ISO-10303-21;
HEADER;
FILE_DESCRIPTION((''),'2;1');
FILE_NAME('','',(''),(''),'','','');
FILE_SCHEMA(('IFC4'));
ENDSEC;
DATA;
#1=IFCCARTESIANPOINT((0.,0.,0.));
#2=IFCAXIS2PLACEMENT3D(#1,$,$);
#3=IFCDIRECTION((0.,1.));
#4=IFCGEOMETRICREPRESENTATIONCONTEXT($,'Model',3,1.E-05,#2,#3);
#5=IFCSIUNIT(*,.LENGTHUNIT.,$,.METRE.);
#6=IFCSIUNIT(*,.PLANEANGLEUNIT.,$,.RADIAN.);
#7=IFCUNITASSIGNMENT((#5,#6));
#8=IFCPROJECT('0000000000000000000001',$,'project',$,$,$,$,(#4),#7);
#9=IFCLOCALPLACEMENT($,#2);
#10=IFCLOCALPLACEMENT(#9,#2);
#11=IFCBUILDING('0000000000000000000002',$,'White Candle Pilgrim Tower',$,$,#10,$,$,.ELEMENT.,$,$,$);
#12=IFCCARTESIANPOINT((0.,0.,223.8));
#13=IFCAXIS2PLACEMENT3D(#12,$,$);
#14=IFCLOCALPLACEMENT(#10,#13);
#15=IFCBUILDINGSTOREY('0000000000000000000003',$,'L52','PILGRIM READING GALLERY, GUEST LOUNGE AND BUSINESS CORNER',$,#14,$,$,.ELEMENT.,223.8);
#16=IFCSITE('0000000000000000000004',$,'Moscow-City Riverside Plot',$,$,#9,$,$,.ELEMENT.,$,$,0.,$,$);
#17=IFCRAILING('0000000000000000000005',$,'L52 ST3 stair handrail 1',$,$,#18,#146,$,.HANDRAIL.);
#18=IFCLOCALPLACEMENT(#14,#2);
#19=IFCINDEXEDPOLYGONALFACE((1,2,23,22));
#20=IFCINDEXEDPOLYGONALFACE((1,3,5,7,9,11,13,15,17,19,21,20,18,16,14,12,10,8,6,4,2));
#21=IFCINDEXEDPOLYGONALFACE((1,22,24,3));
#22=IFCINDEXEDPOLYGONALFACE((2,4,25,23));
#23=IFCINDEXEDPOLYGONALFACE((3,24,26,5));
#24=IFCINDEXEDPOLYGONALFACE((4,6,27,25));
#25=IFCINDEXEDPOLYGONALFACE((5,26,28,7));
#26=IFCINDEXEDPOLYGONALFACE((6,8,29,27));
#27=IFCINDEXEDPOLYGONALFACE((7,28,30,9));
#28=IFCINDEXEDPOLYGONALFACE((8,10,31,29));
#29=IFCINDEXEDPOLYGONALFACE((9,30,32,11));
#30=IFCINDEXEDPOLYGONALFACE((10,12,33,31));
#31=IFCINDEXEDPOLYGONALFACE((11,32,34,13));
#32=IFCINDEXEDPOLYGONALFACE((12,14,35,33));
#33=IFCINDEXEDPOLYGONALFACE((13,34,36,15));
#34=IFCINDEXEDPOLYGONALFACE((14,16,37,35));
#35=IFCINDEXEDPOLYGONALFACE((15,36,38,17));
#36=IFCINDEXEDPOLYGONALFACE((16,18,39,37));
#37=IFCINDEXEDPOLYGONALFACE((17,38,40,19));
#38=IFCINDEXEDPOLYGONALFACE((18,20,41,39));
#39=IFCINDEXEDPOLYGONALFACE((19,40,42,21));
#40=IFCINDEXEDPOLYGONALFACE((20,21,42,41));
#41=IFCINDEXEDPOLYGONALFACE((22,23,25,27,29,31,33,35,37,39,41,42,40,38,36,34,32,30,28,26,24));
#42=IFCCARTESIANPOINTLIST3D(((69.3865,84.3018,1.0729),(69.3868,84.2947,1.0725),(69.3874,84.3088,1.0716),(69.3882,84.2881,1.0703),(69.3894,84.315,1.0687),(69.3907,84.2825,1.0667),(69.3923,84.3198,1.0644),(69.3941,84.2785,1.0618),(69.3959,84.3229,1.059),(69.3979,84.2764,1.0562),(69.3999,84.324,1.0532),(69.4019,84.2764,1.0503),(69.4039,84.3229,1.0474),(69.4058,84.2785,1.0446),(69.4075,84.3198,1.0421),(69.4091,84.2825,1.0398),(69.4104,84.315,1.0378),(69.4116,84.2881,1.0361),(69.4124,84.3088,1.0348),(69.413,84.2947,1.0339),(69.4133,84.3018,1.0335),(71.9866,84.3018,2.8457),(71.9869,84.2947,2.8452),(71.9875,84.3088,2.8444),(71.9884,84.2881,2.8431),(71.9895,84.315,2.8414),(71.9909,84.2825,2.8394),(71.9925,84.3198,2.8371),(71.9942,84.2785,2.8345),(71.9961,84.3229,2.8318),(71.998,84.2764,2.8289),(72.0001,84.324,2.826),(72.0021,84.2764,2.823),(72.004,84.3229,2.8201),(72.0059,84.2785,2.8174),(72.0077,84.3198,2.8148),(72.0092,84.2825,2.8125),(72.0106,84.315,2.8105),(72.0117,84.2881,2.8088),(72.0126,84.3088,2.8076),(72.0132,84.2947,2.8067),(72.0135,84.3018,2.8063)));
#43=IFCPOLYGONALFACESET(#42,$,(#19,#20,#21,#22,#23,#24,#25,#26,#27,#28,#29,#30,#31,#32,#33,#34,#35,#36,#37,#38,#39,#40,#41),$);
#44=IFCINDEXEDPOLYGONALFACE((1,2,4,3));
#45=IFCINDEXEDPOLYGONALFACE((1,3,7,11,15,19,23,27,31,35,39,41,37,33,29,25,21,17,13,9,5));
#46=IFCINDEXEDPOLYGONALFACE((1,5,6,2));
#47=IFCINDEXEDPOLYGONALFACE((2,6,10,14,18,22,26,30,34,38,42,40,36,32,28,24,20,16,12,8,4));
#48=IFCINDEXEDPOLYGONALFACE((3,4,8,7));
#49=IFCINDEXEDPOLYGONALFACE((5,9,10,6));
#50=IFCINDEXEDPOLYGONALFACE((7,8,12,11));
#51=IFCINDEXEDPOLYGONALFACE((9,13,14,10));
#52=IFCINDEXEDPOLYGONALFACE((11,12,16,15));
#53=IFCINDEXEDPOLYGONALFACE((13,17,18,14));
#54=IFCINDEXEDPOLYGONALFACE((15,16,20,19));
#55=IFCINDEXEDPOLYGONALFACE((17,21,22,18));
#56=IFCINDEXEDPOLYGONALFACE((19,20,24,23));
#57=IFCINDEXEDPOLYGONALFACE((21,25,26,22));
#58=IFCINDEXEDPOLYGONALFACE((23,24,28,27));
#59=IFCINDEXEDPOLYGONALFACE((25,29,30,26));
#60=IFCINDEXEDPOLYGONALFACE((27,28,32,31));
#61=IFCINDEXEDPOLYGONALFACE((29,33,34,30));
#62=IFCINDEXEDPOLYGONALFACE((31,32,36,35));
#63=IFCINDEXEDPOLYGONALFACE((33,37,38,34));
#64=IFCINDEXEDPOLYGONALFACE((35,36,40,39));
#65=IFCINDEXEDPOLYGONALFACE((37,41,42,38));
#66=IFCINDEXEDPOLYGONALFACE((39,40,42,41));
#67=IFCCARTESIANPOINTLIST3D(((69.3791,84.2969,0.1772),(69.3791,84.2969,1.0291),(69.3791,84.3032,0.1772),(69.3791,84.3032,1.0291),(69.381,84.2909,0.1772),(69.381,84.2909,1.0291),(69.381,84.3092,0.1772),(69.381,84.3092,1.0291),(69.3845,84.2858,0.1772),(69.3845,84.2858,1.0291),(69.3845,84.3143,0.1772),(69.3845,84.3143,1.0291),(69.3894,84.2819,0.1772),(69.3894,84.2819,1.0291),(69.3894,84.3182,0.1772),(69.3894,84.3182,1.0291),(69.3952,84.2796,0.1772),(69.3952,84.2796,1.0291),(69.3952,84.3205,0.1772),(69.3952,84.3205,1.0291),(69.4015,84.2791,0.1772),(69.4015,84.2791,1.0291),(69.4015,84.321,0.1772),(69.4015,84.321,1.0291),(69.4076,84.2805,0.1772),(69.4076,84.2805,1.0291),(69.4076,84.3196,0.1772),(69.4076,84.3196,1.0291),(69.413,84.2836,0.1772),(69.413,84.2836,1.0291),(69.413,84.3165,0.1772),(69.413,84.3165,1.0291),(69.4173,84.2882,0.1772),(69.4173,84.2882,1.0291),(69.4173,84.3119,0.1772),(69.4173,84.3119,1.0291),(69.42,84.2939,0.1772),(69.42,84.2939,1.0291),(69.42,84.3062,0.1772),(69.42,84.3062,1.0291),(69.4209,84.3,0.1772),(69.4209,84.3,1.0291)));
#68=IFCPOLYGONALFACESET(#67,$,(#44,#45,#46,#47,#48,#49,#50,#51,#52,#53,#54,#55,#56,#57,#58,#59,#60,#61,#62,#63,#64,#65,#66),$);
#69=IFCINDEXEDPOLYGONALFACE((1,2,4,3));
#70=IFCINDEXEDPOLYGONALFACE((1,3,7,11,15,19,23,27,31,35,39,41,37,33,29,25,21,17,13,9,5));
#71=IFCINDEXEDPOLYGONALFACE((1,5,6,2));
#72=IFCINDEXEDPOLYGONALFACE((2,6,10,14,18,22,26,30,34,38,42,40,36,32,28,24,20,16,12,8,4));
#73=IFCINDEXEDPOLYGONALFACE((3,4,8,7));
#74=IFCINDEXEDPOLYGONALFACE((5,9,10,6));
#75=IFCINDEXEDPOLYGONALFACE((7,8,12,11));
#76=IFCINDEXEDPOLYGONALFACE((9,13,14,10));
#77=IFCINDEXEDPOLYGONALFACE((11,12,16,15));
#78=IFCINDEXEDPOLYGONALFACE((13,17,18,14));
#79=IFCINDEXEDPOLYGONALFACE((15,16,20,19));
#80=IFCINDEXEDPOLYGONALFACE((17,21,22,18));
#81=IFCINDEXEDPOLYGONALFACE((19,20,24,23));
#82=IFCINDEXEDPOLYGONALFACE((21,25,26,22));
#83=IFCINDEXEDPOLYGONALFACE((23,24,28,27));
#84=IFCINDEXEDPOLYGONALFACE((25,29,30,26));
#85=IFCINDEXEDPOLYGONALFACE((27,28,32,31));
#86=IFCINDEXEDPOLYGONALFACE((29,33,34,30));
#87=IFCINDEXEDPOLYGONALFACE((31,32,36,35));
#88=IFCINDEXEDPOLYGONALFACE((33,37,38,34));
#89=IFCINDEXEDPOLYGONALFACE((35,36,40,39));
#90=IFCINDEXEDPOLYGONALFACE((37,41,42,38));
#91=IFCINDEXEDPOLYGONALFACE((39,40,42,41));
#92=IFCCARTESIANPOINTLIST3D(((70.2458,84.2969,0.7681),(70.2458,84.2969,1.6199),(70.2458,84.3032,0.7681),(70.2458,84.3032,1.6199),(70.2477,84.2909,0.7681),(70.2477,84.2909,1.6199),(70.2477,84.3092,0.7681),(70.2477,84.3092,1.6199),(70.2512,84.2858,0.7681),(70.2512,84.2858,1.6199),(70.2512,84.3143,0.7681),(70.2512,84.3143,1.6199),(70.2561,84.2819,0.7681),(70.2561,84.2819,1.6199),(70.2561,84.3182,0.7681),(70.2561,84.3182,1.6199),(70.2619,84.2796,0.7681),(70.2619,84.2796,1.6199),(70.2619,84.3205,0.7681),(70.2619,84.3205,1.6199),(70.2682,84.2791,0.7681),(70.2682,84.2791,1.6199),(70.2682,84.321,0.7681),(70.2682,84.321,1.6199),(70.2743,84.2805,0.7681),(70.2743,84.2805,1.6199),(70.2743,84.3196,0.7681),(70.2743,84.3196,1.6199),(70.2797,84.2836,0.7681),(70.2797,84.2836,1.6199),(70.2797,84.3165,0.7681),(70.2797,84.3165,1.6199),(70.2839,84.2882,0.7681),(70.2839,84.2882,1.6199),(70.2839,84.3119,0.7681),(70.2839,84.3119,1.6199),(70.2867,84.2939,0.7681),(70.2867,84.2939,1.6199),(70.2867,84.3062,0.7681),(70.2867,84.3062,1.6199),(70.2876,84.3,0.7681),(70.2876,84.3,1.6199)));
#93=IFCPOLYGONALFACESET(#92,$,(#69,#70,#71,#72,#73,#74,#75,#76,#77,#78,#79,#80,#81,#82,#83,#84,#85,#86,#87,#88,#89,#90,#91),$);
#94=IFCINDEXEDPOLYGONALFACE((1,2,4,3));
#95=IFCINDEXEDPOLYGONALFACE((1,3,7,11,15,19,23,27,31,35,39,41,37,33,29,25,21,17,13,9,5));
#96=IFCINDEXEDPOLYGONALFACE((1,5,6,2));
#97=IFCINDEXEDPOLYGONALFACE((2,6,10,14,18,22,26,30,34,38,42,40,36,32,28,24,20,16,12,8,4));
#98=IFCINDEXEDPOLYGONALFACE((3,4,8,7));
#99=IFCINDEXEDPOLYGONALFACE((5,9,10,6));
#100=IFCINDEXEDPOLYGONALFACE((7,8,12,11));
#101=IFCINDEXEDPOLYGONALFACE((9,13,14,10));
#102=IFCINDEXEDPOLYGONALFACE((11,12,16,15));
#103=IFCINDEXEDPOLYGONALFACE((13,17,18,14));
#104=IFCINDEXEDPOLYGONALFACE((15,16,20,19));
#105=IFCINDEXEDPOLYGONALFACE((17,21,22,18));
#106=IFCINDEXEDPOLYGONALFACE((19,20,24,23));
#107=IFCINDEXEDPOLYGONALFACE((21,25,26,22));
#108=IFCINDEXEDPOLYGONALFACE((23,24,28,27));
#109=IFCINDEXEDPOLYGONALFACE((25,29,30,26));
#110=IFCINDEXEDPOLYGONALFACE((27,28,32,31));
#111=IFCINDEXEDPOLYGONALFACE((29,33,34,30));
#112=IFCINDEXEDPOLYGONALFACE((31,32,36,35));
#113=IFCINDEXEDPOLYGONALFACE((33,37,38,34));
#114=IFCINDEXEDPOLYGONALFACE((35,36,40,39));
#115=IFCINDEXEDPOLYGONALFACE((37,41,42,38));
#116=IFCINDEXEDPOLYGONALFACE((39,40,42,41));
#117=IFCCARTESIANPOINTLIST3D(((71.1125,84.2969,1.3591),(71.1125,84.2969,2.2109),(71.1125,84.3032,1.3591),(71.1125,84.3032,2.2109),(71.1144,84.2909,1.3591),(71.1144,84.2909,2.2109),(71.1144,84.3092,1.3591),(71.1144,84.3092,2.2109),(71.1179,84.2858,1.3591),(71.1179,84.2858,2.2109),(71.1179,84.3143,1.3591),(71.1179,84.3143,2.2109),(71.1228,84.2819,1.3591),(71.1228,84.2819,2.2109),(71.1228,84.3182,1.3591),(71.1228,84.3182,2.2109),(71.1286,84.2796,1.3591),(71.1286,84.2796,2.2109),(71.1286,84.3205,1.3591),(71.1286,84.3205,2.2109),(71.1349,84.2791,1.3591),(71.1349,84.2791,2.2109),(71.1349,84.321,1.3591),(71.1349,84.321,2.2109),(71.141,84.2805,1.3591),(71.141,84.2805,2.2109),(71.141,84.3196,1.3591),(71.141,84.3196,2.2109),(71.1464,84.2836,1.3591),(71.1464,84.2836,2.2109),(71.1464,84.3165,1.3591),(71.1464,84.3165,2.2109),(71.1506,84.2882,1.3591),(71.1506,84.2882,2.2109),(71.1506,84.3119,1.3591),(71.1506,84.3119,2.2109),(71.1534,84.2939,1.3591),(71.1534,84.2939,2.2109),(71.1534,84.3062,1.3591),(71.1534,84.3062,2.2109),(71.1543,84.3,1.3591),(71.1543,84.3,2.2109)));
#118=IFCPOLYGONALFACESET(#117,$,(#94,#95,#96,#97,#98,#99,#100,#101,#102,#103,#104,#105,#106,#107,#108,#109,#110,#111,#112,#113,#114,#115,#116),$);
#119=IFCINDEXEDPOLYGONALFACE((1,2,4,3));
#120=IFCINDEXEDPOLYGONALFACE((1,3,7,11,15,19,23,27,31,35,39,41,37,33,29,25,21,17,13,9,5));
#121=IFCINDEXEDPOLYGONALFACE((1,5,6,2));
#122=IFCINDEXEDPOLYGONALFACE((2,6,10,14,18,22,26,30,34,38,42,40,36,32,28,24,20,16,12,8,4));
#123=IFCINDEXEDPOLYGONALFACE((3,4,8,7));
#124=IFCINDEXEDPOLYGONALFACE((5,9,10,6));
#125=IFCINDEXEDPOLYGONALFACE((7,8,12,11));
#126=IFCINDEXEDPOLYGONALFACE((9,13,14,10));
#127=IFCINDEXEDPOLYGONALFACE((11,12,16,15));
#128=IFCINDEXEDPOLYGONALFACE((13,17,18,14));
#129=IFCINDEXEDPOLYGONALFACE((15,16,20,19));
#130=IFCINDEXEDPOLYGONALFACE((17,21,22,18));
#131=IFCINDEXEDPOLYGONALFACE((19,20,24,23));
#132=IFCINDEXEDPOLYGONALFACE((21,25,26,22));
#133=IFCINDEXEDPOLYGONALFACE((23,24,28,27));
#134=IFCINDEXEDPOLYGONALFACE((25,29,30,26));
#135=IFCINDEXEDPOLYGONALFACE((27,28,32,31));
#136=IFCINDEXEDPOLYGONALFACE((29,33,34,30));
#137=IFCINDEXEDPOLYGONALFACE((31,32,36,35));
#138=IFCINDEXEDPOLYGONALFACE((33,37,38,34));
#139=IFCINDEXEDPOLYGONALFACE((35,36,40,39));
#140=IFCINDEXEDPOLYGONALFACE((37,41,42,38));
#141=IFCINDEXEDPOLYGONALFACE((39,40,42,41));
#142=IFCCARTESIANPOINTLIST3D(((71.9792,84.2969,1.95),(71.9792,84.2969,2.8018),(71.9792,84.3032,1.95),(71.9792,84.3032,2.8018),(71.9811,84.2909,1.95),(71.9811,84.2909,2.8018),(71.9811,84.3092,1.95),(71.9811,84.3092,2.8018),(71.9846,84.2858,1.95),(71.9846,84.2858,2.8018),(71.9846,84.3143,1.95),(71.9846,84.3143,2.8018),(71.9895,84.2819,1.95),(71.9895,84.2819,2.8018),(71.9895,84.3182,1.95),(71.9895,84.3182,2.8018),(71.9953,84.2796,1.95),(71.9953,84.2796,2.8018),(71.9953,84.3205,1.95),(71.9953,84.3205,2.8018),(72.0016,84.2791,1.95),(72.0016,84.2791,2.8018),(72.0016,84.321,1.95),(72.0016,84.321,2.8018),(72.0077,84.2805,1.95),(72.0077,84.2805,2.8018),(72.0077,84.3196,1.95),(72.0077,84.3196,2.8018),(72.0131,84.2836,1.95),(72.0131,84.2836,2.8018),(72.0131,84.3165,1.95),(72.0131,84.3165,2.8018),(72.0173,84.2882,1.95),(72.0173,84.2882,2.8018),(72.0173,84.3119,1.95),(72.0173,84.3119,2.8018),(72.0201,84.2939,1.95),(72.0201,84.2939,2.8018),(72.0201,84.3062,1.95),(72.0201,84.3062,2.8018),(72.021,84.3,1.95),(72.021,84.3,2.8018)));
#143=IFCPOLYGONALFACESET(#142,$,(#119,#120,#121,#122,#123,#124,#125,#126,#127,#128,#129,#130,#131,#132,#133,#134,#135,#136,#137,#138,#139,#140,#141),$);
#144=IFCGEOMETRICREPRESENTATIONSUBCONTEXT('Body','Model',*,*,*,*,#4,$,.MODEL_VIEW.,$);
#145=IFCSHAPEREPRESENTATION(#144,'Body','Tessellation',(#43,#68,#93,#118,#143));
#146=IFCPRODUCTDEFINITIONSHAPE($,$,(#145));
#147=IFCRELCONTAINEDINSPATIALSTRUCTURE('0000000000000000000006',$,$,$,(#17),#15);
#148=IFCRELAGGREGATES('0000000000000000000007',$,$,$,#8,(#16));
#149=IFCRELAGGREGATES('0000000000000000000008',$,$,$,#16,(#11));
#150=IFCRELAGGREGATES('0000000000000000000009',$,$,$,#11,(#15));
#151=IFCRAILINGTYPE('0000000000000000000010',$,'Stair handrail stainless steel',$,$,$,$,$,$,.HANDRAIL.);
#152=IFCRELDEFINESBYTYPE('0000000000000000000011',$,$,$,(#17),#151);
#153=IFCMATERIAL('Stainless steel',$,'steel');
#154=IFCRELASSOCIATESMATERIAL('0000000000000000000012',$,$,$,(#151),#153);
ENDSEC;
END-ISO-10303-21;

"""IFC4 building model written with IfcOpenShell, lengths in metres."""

from ifc_helpers import new_model, si_unit, direction, frame, origin, origin_2d, place, context, subcontext, project, spatial, circle, extrude, material, type_object, element, save


model = new_model("IFC4")

# Units and contexts
model_context = context("Model", 3, precision=1e-05, world=origin(), true_north=direction((0.0, 1.0)))
body_context = subcontext(model_context, "Body", "Model", "MODEL_VIEW")
ifc_project = project(units=[si_unit("LENGTHUNIT", "METRE"), si_unit("PLANEANGLEUNIT", "RADIAN")], contexts=[model_context])

# Site, building, storey
site_placement = place(None, origin())
site = spatial("IfcSite", under=ifc_project, at=site_placement, Name="Moscow-City Riverside Plot", CompositionType="ELEMENT", RefElevation=0.0)
building_placement = place(site_placement, origin())
building = spatial("IfcBuilding", under=site, at=building_placement, Name="White Candle Pilgrim Tower", CompositionType="ELEMENT")
storey_placement = place(building_placement, frame((0.0, 0.0, 223.8)))
storey = spatial("IfcBuildingStorey", under=building, at=storey_placement, Name="L52", Description="PILGRIM READING GALLERY, GUEST LOUNGE AND BUSINESS CORNER", CompositionType="ELEMENT", Elevation=223.8)

# Shared definitions
ifc_material_1 = material(Name="Stainless steel", Category="steel")

# Railing
railing_type_1 = type_object("IfcRailingType", Name="Stair handrail stainless steel", PredefinedType="HANDRAIL", material=ifc_material_1)
railing_1_placement = place(storey_placement, frame((69.3999, 84.3, 0.1772)))
element("IfcRailing", 1, at=railing_1_placement, inside=storey, type_object=railing_type_1, Name="L52 ST3 stair handrail 1", PredefinedType="HANDRAIL", context=body_context, shape_type="SweptSolid", body=[
    extrude(circle(Radius=0.0239, at=origin_2d()), frame((0.0, 0.0, 0.876), z_axis=(0.82624, 0.0, 0.563318), x_axis=(0.0, 1.0, 0.0)), (0.0, 0.0, 1.0), 3.147),
    extrude(circle(Radius=0.021, at=origin_2d()), origin(), (0.0, 0.0, 1.0), 0.8518),
    extrude(circle(Radius=0.021, at=origin_2d()), frame((0.8667, 0.0, 0.5908)), (0.0, 0.0, 1.0), 0.8518),
    extrude(circle(Radius=0.021, at=origin_2d()), frame((1.7334, 0.0, 1.1819)), (0.0, 0.0, 1.0), 0.8518),
    extrude(circle(Radius=0.021, at=origin_2d()), frame((2.6001, 0.0, 1.7727)), (0.0, 0.0, 1.0), 0.8518),
])

save(model, "model.ifc")
